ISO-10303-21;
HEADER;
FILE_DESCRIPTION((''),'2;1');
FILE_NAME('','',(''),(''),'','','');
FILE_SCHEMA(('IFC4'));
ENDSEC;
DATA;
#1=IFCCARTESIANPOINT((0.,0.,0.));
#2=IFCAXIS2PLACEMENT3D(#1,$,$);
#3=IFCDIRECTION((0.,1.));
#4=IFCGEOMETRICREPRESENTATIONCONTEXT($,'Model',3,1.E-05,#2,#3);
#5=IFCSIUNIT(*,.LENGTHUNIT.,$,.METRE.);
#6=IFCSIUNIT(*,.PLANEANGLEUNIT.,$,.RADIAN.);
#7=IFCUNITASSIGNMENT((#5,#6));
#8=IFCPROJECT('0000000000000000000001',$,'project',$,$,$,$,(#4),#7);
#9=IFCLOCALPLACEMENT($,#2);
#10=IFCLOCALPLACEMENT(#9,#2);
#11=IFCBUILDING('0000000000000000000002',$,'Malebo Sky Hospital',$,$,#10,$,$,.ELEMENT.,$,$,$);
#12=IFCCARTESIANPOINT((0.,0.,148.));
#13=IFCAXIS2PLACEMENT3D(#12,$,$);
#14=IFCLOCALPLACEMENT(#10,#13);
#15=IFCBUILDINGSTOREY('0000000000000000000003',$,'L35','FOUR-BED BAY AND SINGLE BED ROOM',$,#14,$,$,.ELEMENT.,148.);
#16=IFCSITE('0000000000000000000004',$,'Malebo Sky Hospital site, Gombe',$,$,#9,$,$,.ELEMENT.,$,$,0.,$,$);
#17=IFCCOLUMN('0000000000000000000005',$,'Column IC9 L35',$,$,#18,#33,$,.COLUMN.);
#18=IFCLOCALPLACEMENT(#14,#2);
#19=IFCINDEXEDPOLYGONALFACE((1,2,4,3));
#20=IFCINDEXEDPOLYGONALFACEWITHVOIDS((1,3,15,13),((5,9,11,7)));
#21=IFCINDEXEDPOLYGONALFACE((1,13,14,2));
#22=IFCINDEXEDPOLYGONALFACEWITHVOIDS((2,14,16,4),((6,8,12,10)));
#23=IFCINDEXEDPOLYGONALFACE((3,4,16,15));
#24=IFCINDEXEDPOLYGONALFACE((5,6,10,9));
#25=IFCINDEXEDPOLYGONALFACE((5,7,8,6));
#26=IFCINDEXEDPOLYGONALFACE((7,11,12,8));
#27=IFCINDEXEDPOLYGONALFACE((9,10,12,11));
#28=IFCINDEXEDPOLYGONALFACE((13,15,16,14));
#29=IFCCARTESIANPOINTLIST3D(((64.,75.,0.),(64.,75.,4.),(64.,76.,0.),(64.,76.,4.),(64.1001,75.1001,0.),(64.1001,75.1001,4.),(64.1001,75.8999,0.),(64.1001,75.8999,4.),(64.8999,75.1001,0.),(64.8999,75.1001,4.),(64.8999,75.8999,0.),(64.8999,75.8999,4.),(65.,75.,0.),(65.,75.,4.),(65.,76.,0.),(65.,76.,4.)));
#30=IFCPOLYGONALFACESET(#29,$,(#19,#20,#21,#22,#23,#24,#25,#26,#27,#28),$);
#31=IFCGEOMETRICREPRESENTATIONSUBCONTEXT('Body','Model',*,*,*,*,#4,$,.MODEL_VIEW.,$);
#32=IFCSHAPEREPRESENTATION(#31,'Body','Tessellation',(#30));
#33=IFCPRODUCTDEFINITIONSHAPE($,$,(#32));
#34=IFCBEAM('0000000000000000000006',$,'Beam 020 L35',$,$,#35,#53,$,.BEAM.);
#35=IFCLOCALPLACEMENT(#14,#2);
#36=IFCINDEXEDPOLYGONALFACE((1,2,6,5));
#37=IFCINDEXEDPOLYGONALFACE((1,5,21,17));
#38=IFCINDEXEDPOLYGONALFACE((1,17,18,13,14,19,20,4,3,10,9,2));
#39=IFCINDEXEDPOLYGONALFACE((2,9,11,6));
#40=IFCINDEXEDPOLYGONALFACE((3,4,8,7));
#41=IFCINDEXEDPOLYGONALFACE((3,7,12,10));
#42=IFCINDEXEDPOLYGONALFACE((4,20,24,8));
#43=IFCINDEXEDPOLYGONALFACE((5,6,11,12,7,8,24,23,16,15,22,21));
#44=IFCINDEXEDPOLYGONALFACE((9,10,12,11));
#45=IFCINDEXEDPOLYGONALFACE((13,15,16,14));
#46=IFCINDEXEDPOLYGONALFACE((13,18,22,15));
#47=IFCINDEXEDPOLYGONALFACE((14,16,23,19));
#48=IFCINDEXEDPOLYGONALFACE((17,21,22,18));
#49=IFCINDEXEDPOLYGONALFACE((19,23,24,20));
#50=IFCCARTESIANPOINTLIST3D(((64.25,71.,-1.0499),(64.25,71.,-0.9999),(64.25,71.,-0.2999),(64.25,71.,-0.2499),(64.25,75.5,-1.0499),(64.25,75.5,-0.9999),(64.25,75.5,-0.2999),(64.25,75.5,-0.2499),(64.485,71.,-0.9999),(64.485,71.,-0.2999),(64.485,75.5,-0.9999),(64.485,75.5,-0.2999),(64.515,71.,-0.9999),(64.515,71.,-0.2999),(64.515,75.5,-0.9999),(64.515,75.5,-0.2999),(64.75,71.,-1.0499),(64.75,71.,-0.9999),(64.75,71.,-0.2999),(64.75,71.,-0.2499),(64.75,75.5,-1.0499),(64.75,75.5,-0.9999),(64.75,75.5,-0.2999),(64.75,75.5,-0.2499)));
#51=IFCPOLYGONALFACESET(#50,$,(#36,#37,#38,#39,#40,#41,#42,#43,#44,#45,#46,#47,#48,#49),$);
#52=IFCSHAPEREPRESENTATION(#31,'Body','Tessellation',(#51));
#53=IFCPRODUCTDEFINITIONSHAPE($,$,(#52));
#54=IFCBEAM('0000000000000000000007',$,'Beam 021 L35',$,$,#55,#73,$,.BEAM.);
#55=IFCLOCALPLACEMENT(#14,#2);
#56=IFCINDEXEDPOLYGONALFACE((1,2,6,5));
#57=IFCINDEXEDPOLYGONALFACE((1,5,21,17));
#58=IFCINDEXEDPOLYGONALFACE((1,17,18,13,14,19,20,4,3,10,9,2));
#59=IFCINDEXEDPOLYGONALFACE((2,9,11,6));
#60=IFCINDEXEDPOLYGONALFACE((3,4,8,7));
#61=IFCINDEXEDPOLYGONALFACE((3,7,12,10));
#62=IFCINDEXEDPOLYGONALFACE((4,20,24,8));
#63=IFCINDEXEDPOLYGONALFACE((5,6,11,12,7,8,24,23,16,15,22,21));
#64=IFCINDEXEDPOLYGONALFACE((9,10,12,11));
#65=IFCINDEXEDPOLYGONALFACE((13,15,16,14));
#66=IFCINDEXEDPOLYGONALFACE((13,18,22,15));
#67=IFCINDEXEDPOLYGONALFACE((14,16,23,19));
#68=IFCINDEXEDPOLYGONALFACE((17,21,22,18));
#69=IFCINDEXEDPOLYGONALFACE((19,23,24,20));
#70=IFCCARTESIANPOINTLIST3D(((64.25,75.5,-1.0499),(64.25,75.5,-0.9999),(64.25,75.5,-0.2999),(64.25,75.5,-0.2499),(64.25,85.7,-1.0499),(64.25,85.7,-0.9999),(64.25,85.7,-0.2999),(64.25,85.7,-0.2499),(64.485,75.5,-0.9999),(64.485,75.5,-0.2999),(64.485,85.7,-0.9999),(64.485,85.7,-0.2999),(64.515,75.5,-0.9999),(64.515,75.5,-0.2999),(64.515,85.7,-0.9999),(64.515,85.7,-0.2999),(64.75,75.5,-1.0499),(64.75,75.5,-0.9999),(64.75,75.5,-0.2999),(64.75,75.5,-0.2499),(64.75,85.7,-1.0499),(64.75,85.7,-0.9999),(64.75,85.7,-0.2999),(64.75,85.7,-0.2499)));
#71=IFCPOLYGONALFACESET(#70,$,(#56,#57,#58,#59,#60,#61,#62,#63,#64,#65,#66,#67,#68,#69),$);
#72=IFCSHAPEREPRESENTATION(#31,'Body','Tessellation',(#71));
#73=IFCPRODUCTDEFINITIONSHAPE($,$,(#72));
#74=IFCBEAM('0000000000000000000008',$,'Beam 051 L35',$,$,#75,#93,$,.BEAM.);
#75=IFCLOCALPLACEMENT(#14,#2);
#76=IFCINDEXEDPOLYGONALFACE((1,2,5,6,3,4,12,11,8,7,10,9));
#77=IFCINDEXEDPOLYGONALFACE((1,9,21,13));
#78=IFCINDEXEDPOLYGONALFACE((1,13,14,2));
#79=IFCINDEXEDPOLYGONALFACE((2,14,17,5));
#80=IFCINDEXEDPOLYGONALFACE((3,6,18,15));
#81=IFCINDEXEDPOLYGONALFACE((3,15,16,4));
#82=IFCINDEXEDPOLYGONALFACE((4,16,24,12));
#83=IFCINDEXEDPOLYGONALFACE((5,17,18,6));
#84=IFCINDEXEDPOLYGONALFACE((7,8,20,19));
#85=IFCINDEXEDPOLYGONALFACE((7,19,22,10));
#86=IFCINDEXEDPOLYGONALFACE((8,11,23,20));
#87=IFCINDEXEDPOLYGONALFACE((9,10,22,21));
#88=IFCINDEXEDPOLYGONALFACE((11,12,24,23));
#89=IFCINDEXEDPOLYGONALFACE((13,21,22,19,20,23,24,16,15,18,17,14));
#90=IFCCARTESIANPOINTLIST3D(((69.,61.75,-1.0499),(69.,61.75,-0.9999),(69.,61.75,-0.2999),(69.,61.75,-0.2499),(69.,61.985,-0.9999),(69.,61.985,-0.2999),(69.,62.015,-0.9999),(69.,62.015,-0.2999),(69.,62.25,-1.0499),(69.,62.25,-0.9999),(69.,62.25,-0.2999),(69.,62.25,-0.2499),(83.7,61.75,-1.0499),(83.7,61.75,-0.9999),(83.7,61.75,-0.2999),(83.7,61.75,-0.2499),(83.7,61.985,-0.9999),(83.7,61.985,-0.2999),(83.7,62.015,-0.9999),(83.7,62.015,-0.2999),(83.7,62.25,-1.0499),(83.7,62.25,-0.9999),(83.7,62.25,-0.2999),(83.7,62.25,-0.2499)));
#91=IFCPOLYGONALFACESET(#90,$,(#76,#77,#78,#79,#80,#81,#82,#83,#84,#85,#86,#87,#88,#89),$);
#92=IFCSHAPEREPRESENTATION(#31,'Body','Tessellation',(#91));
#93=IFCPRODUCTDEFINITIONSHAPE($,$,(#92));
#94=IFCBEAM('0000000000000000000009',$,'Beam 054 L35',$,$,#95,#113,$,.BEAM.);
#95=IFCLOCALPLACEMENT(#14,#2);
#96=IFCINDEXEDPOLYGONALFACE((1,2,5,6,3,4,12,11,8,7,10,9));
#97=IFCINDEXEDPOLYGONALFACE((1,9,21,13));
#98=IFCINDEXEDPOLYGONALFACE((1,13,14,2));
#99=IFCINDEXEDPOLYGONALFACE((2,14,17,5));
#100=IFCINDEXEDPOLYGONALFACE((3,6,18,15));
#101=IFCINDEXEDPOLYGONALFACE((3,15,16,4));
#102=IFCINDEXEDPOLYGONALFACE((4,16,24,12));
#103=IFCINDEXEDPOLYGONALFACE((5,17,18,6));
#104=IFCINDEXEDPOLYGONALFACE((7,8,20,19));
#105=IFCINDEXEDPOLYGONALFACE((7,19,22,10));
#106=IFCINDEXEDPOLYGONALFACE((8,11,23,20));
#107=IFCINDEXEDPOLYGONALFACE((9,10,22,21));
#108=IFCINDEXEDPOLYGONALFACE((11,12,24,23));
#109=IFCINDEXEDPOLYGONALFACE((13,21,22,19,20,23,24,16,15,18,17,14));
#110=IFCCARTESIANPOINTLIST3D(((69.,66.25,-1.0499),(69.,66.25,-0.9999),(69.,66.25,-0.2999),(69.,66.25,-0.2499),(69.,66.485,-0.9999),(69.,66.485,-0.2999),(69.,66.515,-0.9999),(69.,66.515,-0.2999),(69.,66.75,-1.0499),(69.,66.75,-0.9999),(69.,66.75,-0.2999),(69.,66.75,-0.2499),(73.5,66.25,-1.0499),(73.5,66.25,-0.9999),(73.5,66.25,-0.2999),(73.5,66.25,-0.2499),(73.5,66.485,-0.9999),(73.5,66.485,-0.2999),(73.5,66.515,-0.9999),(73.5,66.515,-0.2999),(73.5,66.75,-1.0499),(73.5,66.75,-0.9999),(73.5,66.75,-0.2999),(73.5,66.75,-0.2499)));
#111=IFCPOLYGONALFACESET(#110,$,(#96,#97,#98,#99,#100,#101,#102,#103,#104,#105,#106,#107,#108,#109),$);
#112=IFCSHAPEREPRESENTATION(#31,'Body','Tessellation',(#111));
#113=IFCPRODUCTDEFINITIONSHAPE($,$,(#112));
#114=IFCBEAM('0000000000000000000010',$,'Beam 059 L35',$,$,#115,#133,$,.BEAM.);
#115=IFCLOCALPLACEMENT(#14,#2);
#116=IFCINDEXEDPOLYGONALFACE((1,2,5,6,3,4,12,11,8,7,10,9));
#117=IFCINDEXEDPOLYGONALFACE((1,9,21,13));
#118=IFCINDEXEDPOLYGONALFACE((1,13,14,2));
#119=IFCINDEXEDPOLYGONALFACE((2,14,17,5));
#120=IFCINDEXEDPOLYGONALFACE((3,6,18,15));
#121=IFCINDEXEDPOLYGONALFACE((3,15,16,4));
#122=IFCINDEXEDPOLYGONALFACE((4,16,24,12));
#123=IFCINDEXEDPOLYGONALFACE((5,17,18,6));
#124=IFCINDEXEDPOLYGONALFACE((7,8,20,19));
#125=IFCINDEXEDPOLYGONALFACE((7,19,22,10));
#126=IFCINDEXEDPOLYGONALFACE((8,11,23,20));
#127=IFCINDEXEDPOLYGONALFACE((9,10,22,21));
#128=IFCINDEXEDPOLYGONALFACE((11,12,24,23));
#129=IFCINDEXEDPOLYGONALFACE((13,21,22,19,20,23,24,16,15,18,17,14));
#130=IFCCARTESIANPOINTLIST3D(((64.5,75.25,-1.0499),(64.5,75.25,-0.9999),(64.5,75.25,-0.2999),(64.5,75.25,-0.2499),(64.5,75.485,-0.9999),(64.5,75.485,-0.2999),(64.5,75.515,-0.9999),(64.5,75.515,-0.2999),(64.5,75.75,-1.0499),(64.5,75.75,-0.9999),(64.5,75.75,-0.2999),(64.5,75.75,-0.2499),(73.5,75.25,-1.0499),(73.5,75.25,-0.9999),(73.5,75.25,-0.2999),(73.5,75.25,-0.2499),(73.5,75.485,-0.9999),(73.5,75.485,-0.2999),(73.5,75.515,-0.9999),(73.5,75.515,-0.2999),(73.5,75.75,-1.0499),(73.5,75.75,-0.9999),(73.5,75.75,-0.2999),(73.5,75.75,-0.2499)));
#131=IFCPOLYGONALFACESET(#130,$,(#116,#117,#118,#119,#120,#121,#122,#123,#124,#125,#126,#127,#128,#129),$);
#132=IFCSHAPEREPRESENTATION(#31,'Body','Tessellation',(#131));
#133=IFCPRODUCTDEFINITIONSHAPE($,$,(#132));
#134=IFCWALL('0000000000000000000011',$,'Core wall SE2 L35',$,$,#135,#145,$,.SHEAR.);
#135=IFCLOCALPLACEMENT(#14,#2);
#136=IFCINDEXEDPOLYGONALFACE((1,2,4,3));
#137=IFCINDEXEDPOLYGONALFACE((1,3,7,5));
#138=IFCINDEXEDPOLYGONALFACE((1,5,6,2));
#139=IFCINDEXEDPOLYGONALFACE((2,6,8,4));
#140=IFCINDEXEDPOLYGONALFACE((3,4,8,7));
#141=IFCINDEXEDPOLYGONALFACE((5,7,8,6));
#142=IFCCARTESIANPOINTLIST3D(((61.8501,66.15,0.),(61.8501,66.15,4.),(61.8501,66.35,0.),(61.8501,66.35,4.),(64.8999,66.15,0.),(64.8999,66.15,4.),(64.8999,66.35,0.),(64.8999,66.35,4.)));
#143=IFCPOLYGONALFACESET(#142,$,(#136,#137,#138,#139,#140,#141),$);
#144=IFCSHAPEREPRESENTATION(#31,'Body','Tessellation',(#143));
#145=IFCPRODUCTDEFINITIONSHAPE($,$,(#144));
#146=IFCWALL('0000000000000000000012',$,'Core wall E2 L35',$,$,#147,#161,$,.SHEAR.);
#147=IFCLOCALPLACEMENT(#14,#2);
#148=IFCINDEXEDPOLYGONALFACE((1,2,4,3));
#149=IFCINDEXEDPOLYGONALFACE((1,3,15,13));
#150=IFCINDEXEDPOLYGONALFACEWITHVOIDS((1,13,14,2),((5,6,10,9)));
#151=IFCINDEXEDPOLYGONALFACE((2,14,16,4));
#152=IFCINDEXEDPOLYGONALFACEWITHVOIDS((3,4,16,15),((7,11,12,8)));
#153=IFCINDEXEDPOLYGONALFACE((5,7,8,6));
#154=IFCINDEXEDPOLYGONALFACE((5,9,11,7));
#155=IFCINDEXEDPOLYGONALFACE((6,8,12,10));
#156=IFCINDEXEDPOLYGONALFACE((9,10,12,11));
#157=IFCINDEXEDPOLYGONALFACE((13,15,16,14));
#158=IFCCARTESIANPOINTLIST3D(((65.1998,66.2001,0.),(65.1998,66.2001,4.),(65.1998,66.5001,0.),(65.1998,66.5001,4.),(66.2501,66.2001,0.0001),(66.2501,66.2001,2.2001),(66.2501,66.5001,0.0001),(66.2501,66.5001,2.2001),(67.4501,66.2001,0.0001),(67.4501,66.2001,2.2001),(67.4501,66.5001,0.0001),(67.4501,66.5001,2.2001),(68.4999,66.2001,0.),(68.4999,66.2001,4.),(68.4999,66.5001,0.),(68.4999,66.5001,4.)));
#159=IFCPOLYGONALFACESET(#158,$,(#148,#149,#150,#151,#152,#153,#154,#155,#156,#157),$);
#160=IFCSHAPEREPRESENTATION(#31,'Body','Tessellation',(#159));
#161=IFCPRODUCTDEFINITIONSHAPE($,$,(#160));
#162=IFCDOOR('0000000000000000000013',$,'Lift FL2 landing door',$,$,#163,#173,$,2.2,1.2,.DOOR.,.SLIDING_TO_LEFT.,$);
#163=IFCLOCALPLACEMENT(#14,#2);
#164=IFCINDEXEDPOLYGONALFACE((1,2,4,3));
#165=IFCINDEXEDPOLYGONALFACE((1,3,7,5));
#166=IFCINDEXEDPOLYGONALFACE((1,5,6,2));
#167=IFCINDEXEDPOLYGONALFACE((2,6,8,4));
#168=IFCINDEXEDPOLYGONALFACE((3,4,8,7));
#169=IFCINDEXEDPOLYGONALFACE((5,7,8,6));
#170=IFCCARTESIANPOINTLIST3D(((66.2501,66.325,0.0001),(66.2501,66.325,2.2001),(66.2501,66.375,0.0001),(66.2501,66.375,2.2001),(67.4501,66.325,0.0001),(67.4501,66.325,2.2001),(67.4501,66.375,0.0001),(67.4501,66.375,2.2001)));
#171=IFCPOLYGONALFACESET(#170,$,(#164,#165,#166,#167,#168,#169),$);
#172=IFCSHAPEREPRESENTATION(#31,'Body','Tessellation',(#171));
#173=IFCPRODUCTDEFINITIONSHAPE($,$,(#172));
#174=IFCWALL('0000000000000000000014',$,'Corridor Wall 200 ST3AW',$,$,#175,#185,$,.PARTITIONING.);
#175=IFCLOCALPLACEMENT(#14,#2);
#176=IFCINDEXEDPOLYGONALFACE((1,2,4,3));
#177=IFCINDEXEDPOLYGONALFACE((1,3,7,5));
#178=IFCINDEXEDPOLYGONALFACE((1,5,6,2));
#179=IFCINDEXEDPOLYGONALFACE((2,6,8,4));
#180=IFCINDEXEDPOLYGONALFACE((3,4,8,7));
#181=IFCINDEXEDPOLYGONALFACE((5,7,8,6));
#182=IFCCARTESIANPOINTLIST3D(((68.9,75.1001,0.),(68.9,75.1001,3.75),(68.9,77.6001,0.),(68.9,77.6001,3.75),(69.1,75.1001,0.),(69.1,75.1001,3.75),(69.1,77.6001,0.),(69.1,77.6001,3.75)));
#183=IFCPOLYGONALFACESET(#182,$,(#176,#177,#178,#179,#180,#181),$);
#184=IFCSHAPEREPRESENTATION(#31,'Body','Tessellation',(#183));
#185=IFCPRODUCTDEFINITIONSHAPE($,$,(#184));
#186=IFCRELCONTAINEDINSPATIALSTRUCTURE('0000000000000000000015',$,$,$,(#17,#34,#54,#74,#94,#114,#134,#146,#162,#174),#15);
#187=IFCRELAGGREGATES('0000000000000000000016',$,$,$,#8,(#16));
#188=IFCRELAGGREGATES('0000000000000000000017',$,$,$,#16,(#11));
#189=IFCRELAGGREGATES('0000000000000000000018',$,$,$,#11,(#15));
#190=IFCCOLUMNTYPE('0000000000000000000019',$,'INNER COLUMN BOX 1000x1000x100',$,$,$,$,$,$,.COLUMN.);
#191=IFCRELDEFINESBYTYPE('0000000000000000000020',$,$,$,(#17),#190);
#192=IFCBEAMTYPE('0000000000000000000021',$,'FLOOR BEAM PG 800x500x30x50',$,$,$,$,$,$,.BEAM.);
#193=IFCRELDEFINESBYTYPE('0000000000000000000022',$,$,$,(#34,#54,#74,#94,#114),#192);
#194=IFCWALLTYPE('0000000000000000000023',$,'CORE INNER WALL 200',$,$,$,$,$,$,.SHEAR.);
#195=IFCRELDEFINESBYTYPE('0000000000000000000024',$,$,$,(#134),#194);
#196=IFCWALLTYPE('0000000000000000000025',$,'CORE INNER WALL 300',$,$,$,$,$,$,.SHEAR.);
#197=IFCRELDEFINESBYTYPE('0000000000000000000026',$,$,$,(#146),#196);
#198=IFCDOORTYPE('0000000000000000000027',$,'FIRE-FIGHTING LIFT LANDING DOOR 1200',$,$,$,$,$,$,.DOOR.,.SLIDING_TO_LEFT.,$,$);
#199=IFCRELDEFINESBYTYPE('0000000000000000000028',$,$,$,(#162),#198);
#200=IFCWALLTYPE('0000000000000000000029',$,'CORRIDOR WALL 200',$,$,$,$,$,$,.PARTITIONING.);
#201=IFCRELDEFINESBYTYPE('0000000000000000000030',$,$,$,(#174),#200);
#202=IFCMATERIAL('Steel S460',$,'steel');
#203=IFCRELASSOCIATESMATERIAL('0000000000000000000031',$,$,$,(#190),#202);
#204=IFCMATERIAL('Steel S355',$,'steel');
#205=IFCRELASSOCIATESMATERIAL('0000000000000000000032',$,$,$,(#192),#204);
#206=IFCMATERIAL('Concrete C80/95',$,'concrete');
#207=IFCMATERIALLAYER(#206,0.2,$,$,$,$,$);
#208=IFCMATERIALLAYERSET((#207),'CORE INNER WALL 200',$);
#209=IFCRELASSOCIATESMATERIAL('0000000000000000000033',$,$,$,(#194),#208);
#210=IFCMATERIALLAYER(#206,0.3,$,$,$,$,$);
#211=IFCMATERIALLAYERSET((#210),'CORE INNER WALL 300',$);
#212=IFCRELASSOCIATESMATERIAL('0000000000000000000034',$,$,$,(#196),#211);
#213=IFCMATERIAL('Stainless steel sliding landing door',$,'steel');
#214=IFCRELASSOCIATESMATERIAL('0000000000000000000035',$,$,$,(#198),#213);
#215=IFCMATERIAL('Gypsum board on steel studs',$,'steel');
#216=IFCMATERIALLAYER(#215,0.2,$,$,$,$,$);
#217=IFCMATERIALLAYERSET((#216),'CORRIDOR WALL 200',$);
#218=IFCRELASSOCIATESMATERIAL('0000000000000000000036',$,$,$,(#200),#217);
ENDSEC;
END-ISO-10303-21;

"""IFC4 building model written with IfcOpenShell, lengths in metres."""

from ifc_helpers import new_model, si_unit, direction, frame, frame_2d, origin, origin_2d, place, context, subcontext, project, spatial, rectangle, hollow_rectangle, i_section, extrude, material, layer, layer_set, material_profile, profile_set, type_object, element, fill, save


model = new_model("IFC4")

# Units and contexts
model_context = context("Model", 3, precision=1e-05, world=origin(), true_north=direction((0.0, 1.0)))
body_context = subcontext(model_context, "Body", "Model", "MODEL_VIEW")
ifc_project = project(units=[si_unit("LENGTHUNIT", "METRE"), si_unit("PLANEANGLEUNIT", "RADIAN")], contexts=[model_context])

# Site, building, storey
site_placement = place(None, origin())
site = spatial("IfcSite", under=ifc_project, at=site_placement, Name="Malebo Sky Hospital site, Gombe", CompositionType="ELEMENT", RefElevation=0.0)
building_placement = place(site_placement, origin())
building = spatial("IfcBuilding", under=site, at=building_placement, Name="Malebo Sky Hospital", CompositionType="ELEMENT")
storey_placement = place(building_placement, frame((0.0, 0.0, 148.0)))
storey = spatial("IfcBuildingStorey", under=building, at=storey_placement, Name="L35", Description="FOUR-BED BAY AND SINGLE BED ROOM", CompositionType="ELEMENT", Elevation=148.0)

# Column
ifc_material_1 = material(Name="Steel S460", Category="steel")
ifc_material_profile_1 = material_profile(ifc_material_1, hollow_rectangle(XDim=1.0, YDim=1.0, WallThickness=0.1001, at=origin_2d()), Name="BOX 1000x1000x100")
ifc_profile_set_1 = profile_set([ifc_material_profile_1], Name="Steel S460")
column_type = type_object("IfcColumnType", Name="INNER COLUMN BOX 1000x1000x100", PredefinedType="COLUMN", material=ifc_profile_set_1)
column_placement = place(storey_placement, frame((64.5, 75.5, 0.0), z_axis=(0.0, 0.0, 1.0), x_axis=(1.0, 0.0, 0.0)))
element("IfcColumn", 1, at=column_placement, inside=storey, type_object=column_type, Name="Column IC9 L35", PredefinedType="COLUMN", context=body_context, shape_type="SweptSolid", body=[
    extrude(hollow_rectangle(XDim=1.0, YDim=1.0, WallThickness=0.1001, at=origin_2d()), origin(), (0.0, 0.0, 1.0), 4.0),
])

# Beams
ifc_material_2 = material(Name="Steel S355", Category="steel")
ifc_material_profile_2 = material_profile(ifc_material_2, i_section(OverallWidth=0.5, OverallDepth=0.8, WebThickness=0.03, FlangeThickness=0.05, at=origin_2d()), Name="PG 800x500x30x50")
ifc_profile_set_2 = profile_set([ifc_material_profile_2], Name="Steel S355")
beam_type = type_object("IfcBeamType", Name="FLOOR BEAM PG 800x500x30x50", PredefinedType="BEAM", material=ifc_profile_set_2)
beam_1_placement = place(storey_placement, frame((64.5, 71.0, -0.6499), z_axis=(0.0, 1.0, 0.0), x_axis=(-1.0, 0.0, 0.0)))
element("IfcBeam", 2, at=beam_1_placement, inside=storey, type_object=beam_type, Name="Beam 020 L35", PredefinedType="BEAM", context=body_context, shape_type="SweptSolid", body=[
    extrude(i_section(OverallWidth=0.5, OverallDepth=0.8, WebThickness=0.03, FlangeThickness=0.05, at=origin_2d()), origin(), (0.0, 0.0, 1.0), 4.5),
])
beam_2_placement = place(storey_placement, frame((64.5, 75.5, -0.6499), z_axis=(0.0, 1.0, 0.0), x_axis=(-1.0, 0.0, 0.0)))
element("IfcBeam", 3, at=beam_2_placement, inside=storey, type_object=beam_type, Name="Beam 021 L35", PredefinedType="BEAM", context=body_context, shape_type="SweptSolid", body=[
    extrude(i_section(OverallWidth=0.5, OverallDepth=0.8, WebThickness=0.03, FlangeThickness=0.05, at=origin_2d()), origin(), (0.0, 0.0, 1.0), 10.2),
])
beam_3_placement = place(storey_placement, frame((69.0, 62.0, -0.6499), z_axis=(1.0, 0.0, 0.0), x_axis=(0.0, 1.0, 0.0)))
element("IfcBeam", 4, at=beam_3_placement, inside=storey, type_object=beam_type, Name="Beam 051 L35", PredefinedType="BEAM", context=body_context, shape_type="SweptSolid", body=[
    extrude(i_section(OverallWidth=0.5, OverallDepth=0.8, WebThickness=0.03, FlangeThickness=0.05, at=origin_2d()), origin(), (0.0, 0.0, 1.0), 14.7),
])
beam_4_placement = place(storey_placement, frame((69.0, 66.5, -0.6499), z_axis=(1.0, 0.0, 0.0), x_axis=(0.0, 1.0, 0.0)))
element("IfcBeam", 5, at=beam_4_placement, inside=storey, type_object=beam_type, Name="Beam 054 L35", PredefinedType="BEAM", context=body_context, shape_type="SweptSolid", body=[
    extrude(i_section(OverallWidth=0.5, OverallDepth=0.8, WebThickness=0.03, FlangeThickness=0.05, at=origin_2d()), origin(), (0.0, 0.0, 1.0), 4.5),
])
beam_5_placement = place(storey_placement, frame((64.5, 75.5, -0.6499), z_axis=(1.0, 0.0, 0.0), x_axis=(0.0, 1.0, 0.0)))
element("IfcBeam", 6, at=beam_5_placement, inside=storey, type_object=beam_type, Name="Beam 059 L35", PredefinedType="BEAM", context=body_context, shape_type="SweptSolid", body=[
    extrude(i_section(OverallWidth=0.5, OverallDepth=0.8, WebThickness=0.03, FlangeThickness=0.05, at=origin_2d()), origin(), (0.0, 0.0, 1.0), 9.0),
])

# Wall
ifc_material_3 = material(Name="Concrete C80/95", Category="concrete")
ifc_layer_1 = layer(ifc_material_3, 0.2)
ifc_layer_set_1 = layer_set([ifc_layer_1], Name="CORE INNER WALL 200")
wall_type_1 = type_object("IfcWallType", Name="CORE INNER WALL 200", PredefinedType="SHEAR", material=ifc_layer_set_1)
wall_1_placement = place(storey_placement, frame((61.8501, 66.25, 0.0), z_axis=(0.0, 0.0, 1.0), x_axis=(1.0, 0.0, 0.0)))
element("IfcWall", 7, at=wall_1_placement, inside=storey, type_object=wall_type_1, Name="Core wall SE2 L35", PredefinedType="SHEAR", context=body_context, shape_type="SweptSolid", body=[
    extrude(rectangle(XDim=3.0498, YDim=0.2, at=frame_2d((1.5249, 0.0))), origin(), (0.0, 0.0, 1.0), 4.0),
])

# Wall, opening, door
ifc_layer_2 = layer(ifc_material_3, 0.3)
ifc_layer_set_2 = layer_set([ifc_layer_2], Name="CORE INNER WALL 300")
wall_type_2 = type_object("IfcWallType", Name="CORE INNER WALL 300", PredefinedType="SHEAR", material=ifc_layer_set_2)
wall_2_placement = place(storey_placement, frame((65.2, 66.3501, 0.0), z_axis=(0.0, 0.0, 1.0), x_axis=(1.0, 0.0, 0.0)))
wall_2 = element("IfcWall", 8, at=wall_2_placement, inside=storey, type_object=wall_type_2, Name="Core wall E2 L35", PredefinedType="SHEAR", context=body_context, shape_type="SweptSolid", body=[
    extrude(rectangle(XDim=3.3, YDim=0.3, at=frame_2d((1.6499, 0.0))), origin(), (0.0, 0.0, 1.0), 4.0),
])
opening_1_placement = place(wall_2_placement, frame((1.05, 0.0, 0.0)))
opening_1 = element("IfcOpeningElement", 9, at=opening_1_placement, cuts=wall_2, PredefinedType="OPENING", context=body_context, shape_type="SweptSolid", body=[
    extrude(rectangle(XDim=1.2, YDim=2.2, at=frame_2d((0.6001, 1.1001))), frame((0.0, 0.1599, 0.0), z_axis=(0.0, -1.0, 0.0), x_axis=(1.0, 0.0, 0.0)), (0.0, 0.0, 1.0), 0.3201),
])
ifc_material_4 = material(Name="Stainless steel sliding landing door", Category="steel")
door_type_1 = type_object("IfcDoorType", Name="FIRE-FIGHTING LIFT LANDING DOOR 1200", OperationType="SLIDING_TO_LEFT", PredefinedType="DOOR", material=ifc_material_4)
door_1_placement = place(opening_1_placement, origin())
door_1 = element("IfcDoor", 10, at=door_1_placement, inside=storey, type_object=door_type_1, Name="Lift FL2 landing door", OperationType="SLIDING_TO_LEFT", OverallHeight=2.2, OverallWidth=1.2, PredefinedType="DOOR", context=body_context, shape_type="SweptSolid", body=[
    extrude(rectangle(XDim=1.2, YDim=2.2, at=frame_2d((0.6001, 1.1001))), frame((0.0, 0.0249, 0.0), z_axis=(0.0, -1.0, 0.0), x_axis=(1.0, 0.0, 0.0)), (0.0, 0.0, 1.0), 0.05),
])
fill(opening_1, door_1)

# Wall
ifc_material_5 = material(Name="Gypsum board on steel studs", Category="steel")
ifc_layer_3 = layer(ifc_material_5, 0.2)
ifc_layer_set_3 = layer_set([ifc_layer_3], Name="CORRIDOR WALL 200")
wall_type_3 = type_object("IfcWallType", Name="CORRIDOR WALL 200", PredefinedType="PARTITIONING", material=ifc_layer_set_3)
wall_3_placement = place(storey_placement, frame((69.0, 75.1001, 0.0), z_axis=(0.0, 0.0, 1.0), x_axis=(0.0, 1.0, 0.0)))
element("IfcWall", 11, at=wall_3_placement, inside=storey, type_object=wall_type_3, Name="Corridor Wall 200 ST3AW", PredefinedType="PARTITIONING", context=body_context, shape_type="SweptSolid", body=[
    extrude(rectangle(XDim=2.5, YDim=0.2, at=frame_2d((1.25, 0.0))), origin(), (0.0, 0.0, 1.0), 3.75),
])

save(model, "model.ifc")
